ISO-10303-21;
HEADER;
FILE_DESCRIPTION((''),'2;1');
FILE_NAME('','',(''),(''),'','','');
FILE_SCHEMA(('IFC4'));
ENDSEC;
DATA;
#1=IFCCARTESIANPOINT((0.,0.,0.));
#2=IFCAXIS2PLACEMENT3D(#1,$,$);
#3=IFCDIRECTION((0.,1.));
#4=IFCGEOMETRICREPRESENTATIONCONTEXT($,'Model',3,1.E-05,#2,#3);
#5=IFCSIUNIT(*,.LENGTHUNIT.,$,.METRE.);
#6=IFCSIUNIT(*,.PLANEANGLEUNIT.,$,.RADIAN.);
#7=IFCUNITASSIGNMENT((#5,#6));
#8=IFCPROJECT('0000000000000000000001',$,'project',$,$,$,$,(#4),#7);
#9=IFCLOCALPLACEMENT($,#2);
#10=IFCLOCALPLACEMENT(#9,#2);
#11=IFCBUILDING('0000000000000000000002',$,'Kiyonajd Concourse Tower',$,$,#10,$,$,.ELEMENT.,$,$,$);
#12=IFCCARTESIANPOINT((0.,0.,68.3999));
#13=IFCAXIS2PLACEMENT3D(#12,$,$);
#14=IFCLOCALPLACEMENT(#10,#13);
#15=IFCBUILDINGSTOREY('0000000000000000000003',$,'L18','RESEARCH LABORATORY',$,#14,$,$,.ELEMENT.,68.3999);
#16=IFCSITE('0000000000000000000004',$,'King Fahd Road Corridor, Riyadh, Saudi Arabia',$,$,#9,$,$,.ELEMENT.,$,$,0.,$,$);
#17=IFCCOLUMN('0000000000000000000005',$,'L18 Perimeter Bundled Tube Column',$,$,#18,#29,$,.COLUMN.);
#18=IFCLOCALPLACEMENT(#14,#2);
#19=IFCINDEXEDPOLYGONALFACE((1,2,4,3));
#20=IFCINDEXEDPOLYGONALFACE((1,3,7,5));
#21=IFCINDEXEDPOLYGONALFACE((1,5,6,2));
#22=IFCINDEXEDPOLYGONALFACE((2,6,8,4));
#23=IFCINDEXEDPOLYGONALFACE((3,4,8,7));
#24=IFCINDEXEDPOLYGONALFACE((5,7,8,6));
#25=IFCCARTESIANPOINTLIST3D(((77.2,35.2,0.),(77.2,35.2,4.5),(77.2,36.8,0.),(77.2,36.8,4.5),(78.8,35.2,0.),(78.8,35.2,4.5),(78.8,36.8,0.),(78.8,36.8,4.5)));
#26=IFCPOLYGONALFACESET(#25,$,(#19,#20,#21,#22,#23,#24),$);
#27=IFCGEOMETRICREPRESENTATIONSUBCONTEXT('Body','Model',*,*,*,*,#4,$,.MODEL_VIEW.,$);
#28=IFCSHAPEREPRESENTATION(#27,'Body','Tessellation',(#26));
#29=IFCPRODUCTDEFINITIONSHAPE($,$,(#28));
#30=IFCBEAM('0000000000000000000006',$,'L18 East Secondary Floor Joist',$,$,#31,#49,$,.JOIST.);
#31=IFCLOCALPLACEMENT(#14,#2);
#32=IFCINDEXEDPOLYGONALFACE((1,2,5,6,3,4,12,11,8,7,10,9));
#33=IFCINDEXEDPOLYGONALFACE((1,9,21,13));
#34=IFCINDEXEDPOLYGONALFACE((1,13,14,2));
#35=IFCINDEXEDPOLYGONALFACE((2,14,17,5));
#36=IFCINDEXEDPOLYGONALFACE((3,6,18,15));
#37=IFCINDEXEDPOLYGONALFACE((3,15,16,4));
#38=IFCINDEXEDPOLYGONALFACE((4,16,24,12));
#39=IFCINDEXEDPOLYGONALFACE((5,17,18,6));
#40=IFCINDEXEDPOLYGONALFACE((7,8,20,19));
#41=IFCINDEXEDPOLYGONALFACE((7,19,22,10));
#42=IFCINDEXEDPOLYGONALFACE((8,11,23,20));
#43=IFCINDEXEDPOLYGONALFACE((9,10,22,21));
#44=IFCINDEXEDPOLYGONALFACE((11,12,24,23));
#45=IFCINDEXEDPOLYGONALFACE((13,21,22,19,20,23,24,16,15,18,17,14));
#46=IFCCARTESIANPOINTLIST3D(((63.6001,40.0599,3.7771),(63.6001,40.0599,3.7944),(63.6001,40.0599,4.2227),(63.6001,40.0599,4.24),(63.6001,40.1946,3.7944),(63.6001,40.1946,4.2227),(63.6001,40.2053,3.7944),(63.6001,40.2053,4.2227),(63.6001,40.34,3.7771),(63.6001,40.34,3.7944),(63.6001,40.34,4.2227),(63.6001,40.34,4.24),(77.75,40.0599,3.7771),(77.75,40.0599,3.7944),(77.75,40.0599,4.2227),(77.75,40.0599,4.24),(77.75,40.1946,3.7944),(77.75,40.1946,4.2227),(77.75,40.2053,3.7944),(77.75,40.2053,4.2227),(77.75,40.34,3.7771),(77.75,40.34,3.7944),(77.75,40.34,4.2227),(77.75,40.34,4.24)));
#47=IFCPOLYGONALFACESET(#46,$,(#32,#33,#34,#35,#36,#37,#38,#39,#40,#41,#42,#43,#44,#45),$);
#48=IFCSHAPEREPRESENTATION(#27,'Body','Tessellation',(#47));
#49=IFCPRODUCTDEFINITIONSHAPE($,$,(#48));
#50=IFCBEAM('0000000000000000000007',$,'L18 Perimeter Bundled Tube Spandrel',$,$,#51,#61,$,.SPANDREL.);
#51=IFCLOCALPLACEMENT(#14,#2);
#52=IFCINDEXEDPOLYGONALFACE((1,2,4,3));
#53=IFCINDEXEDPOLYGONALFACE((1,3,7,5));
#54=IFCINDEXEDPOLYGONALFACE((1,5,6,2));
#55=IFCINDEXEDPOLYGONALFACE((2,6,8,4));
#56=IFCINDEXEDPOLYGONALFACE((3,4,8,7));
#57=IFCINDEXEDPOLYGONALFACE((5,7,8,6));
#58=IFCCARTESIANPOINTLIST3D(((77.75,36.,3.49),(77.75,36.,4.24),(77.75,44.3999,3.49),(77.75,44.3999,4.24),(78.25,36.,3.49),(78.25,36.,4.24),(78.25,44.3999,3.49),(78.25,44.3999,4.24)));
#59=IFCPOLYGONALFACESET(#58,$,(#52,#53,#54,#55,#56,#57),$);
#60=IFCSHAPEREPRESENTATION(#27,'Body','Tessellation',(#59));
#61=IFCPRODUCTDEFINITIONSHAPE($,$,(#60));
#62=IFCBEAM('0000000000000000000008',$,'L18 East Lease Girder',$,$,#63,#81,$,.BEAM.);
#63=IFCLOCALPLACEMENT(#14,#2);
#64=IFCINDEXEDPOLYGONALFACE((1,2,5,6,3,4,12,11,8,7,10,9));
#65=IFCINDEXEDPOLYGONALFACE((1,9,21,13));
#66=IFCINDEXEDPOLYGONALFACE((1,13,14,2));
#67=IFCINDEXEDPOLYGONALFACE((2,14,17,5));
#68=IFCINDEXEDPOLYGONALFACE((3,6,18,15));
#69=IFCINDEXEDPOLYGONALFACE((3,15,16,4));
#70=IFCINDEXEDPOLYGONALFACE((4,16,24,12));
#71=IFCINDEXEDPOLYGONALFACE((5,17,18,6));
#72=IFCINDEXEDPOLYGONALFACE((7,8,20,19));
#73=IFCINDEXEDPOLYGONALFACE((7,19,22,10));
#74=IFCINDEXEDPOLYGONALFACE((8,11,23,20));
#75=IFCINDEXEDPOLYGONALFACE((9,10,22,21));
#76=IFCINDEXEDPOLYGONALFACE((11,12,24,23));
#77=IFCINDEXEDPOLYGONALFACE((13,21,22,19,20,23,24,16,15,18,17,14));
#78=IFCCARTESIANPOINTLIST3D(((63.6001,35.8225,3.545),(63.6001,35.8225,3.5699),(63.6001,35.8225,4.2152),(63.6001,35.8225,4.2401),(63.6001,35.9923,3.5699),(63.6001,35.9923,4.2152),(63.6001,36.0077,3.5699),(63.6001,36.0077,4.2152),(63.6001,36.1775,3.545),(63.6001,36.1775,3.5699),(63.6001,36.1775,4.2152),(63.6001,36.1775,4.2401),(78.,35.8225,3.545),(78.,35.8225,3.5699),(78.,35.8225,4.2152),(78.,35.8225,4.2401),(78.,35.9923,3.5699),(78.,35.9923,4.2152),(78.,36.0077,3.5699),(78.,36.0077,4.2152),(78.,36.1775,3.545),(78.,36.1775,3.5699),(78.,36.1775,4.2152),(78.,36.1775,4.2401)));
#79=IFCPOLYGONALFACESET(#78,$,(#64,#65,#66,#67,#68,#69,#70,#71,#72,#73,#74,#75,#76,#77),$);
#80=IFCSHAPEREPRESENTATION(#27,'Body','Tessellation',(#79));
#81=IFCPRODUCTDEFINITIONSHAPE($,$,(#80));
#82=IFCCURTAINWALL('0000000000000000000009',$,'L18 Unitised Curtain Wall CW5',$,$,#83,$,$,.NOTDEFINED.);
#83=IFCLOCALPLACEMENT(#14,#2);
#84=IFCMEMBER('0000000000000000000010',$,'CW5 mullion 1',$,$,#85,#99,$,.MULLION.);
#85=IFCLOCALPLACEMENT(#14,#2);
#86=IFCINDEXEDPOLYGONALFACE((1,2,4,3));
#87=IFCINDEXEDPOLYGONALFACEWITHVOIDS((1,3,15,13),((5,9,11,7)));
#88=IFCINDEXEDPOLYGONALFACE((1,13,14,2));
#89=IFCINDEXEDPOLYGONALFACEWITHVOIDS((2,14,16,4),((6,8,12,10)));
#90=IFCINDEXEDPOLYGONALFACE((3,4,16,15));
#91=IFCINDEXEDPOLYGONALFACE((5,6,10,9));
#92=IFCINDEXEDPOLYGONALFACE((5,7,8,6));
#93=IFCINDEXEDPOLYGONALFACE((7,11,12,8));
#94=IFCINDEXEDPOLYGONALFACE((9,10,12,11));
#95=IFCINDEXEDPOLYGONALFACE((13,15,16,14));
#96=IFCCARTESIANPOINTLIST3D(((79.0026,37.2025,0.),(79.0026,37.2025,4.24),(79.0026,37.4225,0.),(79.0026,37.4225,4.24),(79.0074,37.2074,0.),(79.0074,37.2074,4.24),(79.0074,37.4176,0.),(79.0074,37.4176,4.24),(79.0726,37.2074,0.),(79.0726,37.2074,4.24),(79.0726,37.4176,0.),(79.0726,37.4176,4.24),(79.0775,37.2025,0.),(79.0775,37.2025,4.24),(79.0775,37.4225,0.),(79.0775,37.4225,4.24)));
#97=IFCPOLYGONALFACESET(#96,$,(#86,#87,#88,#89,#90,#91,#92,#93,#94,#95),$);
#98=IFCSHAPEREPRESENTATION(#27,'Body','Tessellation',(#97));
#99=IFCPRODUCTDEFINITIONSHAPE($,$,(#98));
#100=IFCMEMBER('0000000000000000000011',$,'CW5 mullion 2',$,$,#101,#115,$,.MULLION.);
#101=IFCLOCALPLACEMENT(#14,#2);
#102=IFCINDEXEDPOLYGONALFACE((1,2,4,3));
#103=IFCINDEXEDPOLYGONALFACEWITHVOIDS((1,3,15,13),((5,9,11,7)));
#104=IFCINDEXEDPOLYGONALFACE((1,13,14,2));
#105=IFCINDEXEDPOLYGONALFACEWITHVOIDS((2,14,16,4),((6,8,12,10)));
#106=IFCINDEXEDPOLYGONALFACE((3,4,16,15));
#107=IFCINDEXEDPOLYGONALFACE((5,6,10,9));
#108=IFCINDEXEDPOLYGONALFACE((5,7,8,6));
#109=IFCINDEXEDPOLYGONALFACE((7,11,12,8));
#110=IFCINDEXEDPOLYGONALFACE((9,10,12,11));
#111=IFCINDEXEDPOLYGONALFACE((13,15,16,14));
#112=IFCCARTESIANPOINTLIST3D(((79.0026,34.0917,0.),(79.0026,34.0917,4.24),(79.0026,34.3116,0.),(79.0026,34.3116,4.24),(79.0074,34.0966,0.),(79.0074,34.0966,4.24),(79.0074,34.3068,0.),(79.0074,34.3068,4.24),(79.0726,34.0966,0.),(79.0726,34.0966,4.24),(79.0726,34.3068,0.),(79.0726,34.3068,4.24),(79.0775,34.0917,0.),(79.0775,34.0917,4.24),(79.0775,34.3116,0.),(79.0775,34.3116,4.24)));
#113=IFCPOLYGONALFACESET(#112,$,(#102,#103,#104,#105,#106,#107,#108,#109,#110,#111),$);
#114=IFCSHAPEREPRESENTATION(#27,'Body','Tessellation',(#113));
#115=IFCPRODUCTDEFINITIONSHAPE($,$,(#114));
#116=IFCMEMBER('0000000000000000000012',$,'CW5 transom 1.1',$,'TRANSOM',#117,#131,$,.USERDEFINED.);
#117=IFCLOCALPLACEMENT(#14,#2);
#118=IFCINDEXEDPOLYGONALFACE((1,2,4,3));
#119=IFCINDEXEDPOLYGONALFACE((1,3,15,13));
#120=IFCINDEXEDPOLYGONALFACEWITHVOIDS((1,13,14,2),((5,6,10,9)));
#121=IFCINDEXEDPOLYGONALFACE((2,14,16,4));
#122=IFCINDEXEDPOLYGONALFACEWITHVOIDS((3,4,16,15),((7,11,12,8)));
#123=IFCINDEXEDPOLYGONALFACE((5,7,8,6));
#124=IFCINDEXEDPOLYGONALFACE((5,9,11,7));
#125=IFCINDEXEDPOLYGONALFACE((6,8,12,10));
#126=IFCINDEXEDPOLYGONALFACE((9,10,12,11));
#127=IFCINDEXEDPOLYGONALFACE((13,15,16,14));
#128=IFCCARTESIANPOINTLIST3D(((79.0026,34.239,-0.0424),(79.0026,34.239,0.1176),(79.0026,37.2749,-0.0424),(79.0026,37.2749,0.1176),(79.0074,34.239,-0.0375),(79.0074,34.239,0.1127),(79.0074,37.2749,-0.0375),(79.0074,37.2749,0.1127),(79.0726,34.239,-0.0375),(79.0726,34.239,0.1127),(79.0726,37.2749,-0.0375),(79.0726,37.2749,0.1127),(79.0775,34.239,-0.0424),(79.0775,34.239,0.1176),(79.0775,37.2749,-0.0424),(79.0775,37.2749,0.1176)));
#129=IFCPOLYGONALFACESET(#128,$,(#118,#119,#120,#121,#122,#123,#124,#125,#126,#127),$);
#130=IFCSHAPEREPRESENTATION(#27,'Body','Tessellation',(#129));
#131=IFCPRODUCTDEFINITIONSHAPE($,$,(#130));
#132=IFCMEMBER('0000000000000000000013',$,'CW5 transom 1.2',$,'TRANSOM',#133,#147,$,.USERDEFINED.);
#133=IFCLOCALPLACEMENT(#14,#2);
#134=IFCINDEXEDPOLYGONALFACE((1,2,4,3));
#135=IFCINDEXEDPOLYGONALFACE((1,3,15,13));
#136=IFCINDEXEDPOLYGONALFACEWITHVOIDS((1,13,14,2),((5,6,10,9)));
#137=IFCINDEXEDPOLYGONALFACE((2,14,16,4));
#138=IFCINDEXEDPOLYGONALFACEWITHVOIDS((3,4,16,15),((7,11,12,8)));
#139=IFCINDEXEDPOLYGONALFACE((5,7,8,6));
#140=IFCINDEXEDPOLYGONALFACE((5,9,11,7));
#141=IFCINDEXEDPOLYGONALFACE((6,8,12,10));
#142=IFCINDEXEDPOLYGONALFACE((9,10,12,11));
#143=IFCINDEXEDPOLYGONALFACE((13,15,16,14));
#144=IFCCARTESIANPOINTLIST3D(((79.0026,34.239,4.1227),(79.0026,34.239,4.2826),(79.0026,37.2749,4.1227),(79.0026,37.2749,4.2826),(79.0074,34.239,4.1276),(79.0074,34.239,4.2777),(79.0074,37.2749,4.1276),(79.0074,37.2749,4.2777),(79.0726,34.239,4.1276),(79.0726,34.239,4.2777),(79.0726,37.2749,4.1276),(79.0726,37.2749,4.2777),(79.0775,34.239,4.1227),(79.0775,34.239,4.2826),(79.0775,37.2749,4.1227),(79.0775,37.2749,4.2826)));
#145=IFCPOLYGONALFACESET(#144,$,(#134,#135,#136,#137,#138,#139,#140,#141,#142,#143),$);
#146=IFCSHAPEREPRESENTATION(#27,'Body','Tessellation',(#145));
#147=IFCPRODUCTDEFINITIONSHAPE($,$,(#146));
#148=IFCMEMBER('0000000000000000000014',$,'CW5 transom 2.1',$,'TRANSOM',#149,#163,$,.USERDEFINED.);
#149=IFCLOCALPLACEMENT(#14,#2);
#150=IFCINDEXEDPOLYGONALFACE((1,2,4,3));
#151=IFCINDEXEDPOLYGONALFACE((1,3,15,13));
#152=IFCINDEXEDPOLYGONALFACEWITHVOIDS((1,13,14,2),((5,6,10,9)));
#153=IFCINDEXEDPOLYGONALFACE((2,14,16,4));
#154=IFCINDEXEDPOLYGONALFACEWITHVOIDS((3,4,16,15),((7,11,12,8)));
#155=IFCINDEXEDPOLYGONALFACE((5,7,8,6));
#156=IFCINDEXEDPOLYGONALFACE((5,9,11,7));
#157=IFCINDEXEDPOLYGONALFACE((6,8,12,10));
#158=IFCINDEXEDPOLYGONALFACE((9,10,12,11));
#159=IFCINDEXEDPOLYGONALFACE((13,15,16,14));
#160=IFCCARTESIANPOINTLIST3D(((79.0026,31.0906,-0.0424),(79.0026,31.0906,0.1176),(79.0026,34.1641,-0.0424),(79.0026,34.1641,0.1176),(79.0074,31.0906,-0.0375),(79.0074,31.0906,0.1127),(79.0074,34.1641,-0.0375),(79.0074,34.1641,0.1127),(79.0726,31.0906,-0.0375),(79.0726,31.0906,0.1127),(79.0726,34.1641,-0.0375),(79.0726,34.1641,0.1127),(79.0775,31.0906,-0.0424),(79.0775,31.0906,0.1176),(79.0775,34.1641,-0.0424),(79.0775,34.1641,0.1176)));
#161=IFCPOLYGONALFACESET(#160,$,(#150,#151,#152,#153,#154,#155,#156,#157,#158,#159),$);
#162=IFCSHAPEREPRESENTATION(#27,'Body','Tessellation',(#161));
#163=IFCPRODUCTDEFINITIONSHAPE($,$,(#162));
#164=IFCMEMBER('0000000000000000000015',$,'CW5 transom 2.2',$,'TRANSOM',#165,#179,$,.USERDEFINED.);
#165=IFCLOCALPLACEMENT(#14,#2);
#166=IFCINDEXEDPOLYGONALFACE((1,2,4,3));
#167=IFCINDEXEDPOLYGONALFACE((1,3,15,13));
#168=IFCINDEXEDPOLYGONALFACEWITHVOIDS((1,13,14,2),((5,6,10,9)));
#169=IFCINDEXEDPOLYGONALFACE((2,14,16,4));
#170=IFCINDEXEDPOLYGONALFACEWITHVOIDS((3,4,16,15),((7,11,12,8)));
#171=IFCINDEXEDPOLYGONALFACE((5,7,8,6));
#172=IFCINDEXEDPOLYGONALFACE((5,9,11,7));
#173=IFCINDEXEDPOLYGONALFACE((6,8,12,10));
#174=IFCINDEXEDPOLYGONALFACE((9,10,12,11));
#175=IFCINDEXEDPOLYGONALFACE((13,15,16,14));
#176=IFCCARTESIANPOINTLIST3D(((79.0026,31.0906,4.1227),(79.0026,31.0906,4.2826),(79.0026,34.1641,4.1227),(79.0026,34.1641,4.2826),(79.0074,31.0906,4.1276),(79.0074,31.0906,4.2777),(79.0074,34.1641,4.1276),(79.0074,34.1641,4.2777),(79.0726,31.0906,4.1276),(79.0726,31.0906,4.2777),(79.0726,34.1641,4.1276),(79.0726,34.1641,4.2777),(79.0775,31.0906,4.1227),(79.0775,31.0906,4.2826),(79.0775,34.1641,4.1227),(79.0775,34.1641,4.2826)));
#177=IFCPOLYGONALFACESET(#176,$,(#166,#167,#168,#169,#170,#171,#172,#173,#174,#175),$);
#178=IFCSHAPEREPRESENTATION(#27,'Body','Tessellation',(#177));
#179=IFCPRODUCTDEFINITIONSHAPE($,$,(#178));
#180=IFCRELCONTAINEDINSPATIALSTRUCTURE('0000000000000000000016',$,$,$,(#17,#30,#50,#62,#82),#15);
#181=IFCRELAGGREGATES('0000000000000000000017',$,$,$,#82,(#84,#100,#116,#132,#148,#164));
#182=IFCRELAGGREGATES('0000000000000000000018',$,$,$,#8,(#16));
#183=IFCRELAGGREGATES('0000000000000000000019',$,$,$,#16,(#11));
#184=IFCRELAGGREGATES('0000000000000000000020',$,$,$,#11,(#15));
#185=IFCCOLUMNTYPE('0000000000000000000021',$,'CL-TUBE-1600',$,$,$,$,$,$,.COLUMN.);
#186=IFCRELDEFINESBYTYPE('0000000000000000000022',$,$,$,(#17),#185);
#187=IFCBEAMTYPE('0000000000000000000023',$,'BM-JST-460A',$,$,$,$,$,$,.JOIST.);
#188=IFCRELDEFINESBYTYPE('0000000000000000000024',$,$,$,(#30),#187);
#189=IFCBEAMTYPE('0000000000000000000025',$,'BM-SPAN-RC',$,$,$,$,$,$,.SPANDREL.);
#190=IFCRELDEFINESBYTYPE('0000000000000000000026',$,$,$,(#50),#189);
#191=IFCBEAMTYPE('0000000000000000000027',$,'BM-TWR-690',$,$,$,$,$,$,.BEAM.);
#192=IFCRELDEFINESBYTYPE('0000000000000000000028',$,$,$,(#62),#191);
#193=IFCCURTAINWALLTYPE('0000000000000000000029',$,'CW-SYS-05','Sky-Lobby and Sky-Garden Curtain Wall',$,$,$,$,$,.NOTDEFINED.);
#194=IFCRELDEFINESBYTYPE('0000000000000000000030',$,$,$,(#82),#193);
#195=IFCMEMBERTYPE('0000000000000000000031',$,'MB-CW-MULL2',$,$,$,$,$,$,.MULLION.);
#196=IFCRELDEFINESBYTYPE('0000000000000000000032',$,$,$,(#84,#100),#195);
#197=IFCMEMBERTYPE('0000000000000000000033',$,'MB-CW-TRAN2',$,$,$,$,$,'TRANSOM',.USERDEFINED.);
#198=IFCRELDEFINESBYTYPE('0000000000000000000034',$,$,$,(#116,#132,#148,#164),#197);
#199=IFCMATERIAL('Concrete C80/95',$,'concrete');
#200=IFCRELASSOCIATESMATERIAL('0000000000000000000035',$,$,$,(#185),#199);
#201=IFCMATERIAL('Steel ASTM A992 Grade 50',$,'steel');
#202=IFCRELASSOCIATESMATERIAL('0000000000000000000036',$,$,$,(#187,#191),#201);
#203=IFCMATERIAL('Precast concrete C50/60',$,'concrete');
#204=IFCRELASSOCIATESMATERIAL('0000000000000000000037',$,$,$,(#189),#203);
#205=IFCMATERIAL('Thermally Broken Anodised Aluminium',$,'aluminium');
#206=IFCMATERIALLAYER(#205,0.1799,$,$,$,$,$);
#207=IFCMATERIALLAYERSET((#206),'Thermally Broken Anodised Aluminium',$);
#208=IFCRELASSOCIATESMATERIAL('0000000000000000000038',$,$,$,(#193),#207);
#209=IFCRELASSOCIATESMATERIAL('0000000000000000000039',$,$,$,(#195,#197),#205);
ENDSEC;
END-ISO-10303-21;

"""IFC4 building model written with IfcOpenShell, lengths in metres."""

from ifc_helpers import new_model, si_unit, direction, frame, origin, origin_2d, place, context, subcontext, project, spatial, rectangle, hollow_rectangle, i_section, extrude, material, layer, layer_set, material_profile, profile_set, type_object, element, aggregate, save


model = new_model("IFC4")

# Units and contexts
model_context = context("Model", 3, precision=1e-05, world=origin(), true_north=direction((0.0, 1.0)))
body_context = subcontext(model_context, "Body", "Model", "MODEL_VIEW")
ifc_project = project(units=[si_unit("LENGTHUNIT", "METRE"), si_unit("PLANEANGLEUNIT", "RADIAN")], contexts=[model_context])

# Site, building, storey
site_placement = place(None, origin())
site = spatial("IfcSite", under=ifc_project, at=site_placement, Name="King Fahd Road Corridor, Riyadh, Saudi Arabia", CompositionType="ELEMENT", RefElevation=0.0)
building_placement = place(site_placement, origin())
building = spatial("IfcBuilding", under=site, at=building_placement, Name="Kiyonajd Concourse Tower", CompositionType="ELEMENT")
storey_placement = place(building_placement, frame((0.0, 0.0, 68.3999)))
storey = spatial("IfcBuildingStorey", under=building, at=storey_placement, Name="L18", Description="RESEARCH LABORATORY", CompositionType="ELEMENT", Elevation=68.3999)

# Column
ifc_material_1 = material(Name="Concrete C80/95", Category="concrete")
ifc_material_profile_1 = material_profile(ifc_material_1, rectangle(XDim=1.6001, YDim=1.6001, at=origin_2d()), Name="RC-1600x1600")
ifc_profile_set_1 = profile_set([ifc_material_profile_1], Name="Concrete C80/95")
column_type = type_object("IfcColumnType", Name="CL-TUBE-1600", PredefinedType="COLUMN", material=ifc_profile_set_1)
column_placement = place(storey_placement, frame((78.0, 36.0, 0.0), z_axis=(0.0, 0.0, 1.0), x_axis=(1.0, 0.0, 0.0)))
element("IfcColumn", 1, at=column_placement, inside=storey, type_object=column_type, Name="L18 Perimeter Bundled Tube Column", PredefinedType="COLUMN", context=body_context, shape_type="SweptSolid", body=[
    extrude(rectangle(XDim=1.6001, YDim=1.6001, at=origin_2d()), origin(), (0.0, 0.0, 1.0), 4.5),
])

# Beams
ifc_material_2 = material(Name="Steel ASTM A992 Grade 50", Category="steel")
ifc_material_profile_2 = material_profile(ifc_material_2, i_section(OverallWidth=0.28, OverallDepth=0.4629, WebThickness=0.0107, FlangeThickness=0.0173, at=origin_2d()), Name="W460X113")
ifc_profile_set_2 = profile_set([ifc_material_profile_2], Name="Steel ASTM A992 Grade 50")
beam_type_1 = type_object("IfcBeamType", Name="BM-JST-460A", PredefinedType="JOIST", material=ifc_profile_set_2)
beam_1_placement = place(storey_placement, frame((63.6001, 40.2, 4.0085), z_axis=(1.0, 0.0, 0.0), x_axis=(0.0, 1.0, 0.0)))
element("IfcBeam", 2, at=beam_1_placement, inside=storey, type_object=beam_type_1, Name="L18 East Secondary Floor Joist", PredefinedType="JOIST", context=body_context, shape_type="SweptSolid", body=[
    extrude(i_section(OverallWidth=0.28, OverallDepth=0.4629, WebThickness=0.0107, FlangeThickness=0.0173, at=origin_2d()), origin(), (0.0, 0.0, 1.0), 14.1499),
])
ifc_material_3 = material(Name="Precast concrete C50/60", Category="concrete")
ifc_material_profile_3 = material_profile(ifc_material_3, rectangle(XDim=0.5, YDim=0.75, at=origin_2d()), Name="RCBM-500x750")
ifc_profile_set_3 = profile_set([ifc_material_profile_3], Name="Precast concrete C50/60")
beam_type_2 = type_object("IfcBeamType", Name="BM-SPAN-RC", PredefinedType="SPANDREL", material=ifc_profile_set_3)
beam_2_placement = place(storey_placement, frame((78.0, 36.0, 3.865), z_axis=(0.0, 1.0, 0.0), x_axis=(-1.0, 0.0, 0.0)))
element("IfcBeam", 3, at=beam_2_placement, inside=storey, type_object=beam_type_2, Name="L18 Perimeter Bundled Tube Spandrel", PredefinedType="SPANDREL", context=body_context, shape_type="SweptSolid", body=[
    extrude(rectangle(XDim=0.5, YDim=0.75, at=origin_2d()), origin(), (0.0, 0.0, 1.0), 8.3999),
])
ifc_material_profile_4 = material_profile(ifc_material_2, i_section(OverallWidth=0.355, OverallDepth=0.6951, WebThickness=0.0154, FlangeThickness=0.0249, at=origin_2d()), Name="W690X217")
ifc_profile_set_4 = profile_set([ifc_material_profile_4], Name="Steel ASTM A992 Grade 50")
beam_type_3 = type_object("IfcBeamType", Name="BM-TWR-690", PredefinedType="BEAM", material=ifc_profile_set_4)
beam_3_placement = place(storey_placement, frame((63.6001, 36.0, 3.8926), z_axis=(1.0, 0.0, 0.0), x_axis=(0.0, 1.0, 0.0)))
element("IfcBeam", 4, at=beam_3_placement, inside=storey, type_object=beam_type_3, Name="L18 East Lease Girder", PredefinedType="BEAM", context=body_context, shape_type="SweptSolid", body=[
    extrude(i_section(OverallWidth=0.355, OverallDepth=0.6951, WebThickness=0.0154, FlangeThickness=0.0249, at=origin_2d()), origin(), (0.0, 0.0, 1.0), 14.3999),
])

# Curtain wall, members
ifc_material_4 = material(Name="Thermally Broken Anodised Aluminium", Category="aluminium")
ifc_layer_1 = layer(ifc_material_4, 0.1799)
ifc_layer_set_1 = layer_set([ifc_layer_1], Name="Thermally Broken Anodised Aluminium")
curtain_wall_type = type_object("IfcCurtainWallType", Name="CW-SYS-05", Description="Sky-Lobby and Sky-Garden Curtain Wall", PredefinedType="NOTDEFINED", material=ifc_layer_set_1)
curtain_wall_placement = place(storey_placement, origin())
curtain_wall = element("IfcCurtainWall", 5, at=curtain_wall_placement, inside=storey, type_object=curtain_wall_type, Name="L18 Unitised Curtain Wall CW5", PredefinedType="NOTDEFINED")
ifc_material_profile_5 = material_profile(ifc_material_4, hollow_rectangle(XDim=0.075, YDim=0.22, WallThickness=0.0049, at=origin_2d()), Name="MULL-75x220")
ifc_profile_set_5 = profile_set([ifc_material_profile_5], Name="Thermally Broken Anodised Aluminium")
member_type_1 = type_object("IfcMemberType", Name="MB-CW-MULL2", PredefinedType="MULLION", material=ifc_profile_set_5)
member_1_placement = place(storey_placement, frame((79.04, 37.3125, 0.0), z_axis=(0.0, 0.0, 1.0), x_axis=(1.0, 0.0, 0.0)))
member_1 = element("IfcMember", 6, at=member_1_placement, type_object=member_type_1, Name="CW5 mullion 1", PredefinedType="MULLION", context=body_context, shape_type="SweptSolid", body=[
    extrude(hollow_rectangle(XDim=0.075, YDim=0.22, WallThickness=0.0049, at=origin_2d()), origin(), (0.0, 0.0, 1.0), 4.24),
])
member_2_placement = place(storey_placement, frame((79.04, 34.2017, 0.0), z_axis=(0.0, 0.0, 1.0), x_axis=(1.0, 0.0, 0.0)))
member_2 = element("IfcMember", 7, at=member_2_placement, type_object=member_type_1, Name="CW5 mullion 2", PredefinedType="MULLION", context=body_context, shape_type="SweptSolid", body=[
    extrude(hollow_rectangle(XDim=0.075, YDim=0.22, WallThickness=0.0049, at=origin_2d()), origin(), (0.0, 0.0, 1.0), 4.24),
])
ifc_material_profile_6 = material_profile(ifc_material_4, hollow_rectangle(XDim=0.075, YDim=0.1599, WallThickness=0.0049, at=origin_2d()), Name="TRAN-75x160")
ifc_profile_set_6 = profile_set([ifc_material_profile_6], Name="Thermally Broken Anodised Aluminium")
member_type_2 = type_object("IfcMemberType", Name="MB-CW-TRAN2", ElementType="TRANSOM", PredefinedType="USERDEFINED", material=ifc_profile_set_6)
member_3_placement = place(storey_placement, frame((79.04, 37.2749, 0.0376), z_axis=(0.0, -1.0, 0.0), x_axis=(1.0, 0.0, 0.0)))
member_3 = element("IfcMember", 8, at=member_3_placement, type_object=member_type_2, Name="CW5 transom 1.1", ObjectType="TRANSOM", PredefinedType="USERDEFINED", context=body_context, shape_type="SweptSolid", body=[
    extrude(hollow_rectangle(XDim=0.075, YDim=0.1599, WallThickness=0.0049, at=origin_2d()), origin(), (0.0, 0.0, 1.0), 3.0359),
])
member_4_placement = place(storey_placement, frame((79.04, 37.2749, 4.2026), z_axis=(0.0, -1.0, 0.0), x_axis=(1.0, 0.0, 0.0)))
member_4 = element("IfcMember", 9, at=member_4_placement, type_object=member_type_2, Name="CW5 transom 1.2", ObjectType="TRANSOM", PredefinedType="USERDEFINED", context=body_context, shape_type="SweptSolid", body=[
    extrude(hollow_rectangle(XDim=0.075, YDim=0.1599, WallThickness=0.0049, at=origin_2d()), origin(), (0.0, 0.0, 1.0), 3.0359),
])
member_5_placement = place(storey_placement, frame((79.04, 34.1641, 0.0376), z_axis=(0.0, -1.0, 0.0), x_axis=(1.0, 0.0, 0.0)))
member_5 = element("IfcMember", 10, at=member_5_placement, type_object=member_type_2, Name="CW5 transom 2.1", ObjectType="TRANSOM", PredefinedType="USERDEFINED", context=body_context, shape_type="SweptSolid", body=[
    extrude(hollow_rectangle(XDim=0.075, YDim=0.1599, WallThickness=0.0049, at=origin_2d()), origin(), (0.0, 0.0, 1.0), 3.0735),
])
member_6_placement = place(storey_placement, frame((79.04, 34.1641, 4.2026), z_axis=(0.0, -1.0, 0.0), x_axis=(1.0, 0.0, 0.0)))
member_6 = element("IfcMember", 11, at=member_6_placement, type_object=member_type_2, Name="CW5 transom 2.2", ObjectType="TRANSOM", PredefinedType="USERDEFINED", context=body_context, shape_type="SweptSolid", body=[
    extrude(hollow_rectangle(XDim=0.075, YDim=0.1599, WallThickness=0.0049, at=origin_2d()), origin(), (0.0, 0.0, 1.0), 3.0735),
])
aggregate(curtain_wall, [member_1, member_2, member_3, member_4, member_5, member_6])

save(model, "model.ifc")
